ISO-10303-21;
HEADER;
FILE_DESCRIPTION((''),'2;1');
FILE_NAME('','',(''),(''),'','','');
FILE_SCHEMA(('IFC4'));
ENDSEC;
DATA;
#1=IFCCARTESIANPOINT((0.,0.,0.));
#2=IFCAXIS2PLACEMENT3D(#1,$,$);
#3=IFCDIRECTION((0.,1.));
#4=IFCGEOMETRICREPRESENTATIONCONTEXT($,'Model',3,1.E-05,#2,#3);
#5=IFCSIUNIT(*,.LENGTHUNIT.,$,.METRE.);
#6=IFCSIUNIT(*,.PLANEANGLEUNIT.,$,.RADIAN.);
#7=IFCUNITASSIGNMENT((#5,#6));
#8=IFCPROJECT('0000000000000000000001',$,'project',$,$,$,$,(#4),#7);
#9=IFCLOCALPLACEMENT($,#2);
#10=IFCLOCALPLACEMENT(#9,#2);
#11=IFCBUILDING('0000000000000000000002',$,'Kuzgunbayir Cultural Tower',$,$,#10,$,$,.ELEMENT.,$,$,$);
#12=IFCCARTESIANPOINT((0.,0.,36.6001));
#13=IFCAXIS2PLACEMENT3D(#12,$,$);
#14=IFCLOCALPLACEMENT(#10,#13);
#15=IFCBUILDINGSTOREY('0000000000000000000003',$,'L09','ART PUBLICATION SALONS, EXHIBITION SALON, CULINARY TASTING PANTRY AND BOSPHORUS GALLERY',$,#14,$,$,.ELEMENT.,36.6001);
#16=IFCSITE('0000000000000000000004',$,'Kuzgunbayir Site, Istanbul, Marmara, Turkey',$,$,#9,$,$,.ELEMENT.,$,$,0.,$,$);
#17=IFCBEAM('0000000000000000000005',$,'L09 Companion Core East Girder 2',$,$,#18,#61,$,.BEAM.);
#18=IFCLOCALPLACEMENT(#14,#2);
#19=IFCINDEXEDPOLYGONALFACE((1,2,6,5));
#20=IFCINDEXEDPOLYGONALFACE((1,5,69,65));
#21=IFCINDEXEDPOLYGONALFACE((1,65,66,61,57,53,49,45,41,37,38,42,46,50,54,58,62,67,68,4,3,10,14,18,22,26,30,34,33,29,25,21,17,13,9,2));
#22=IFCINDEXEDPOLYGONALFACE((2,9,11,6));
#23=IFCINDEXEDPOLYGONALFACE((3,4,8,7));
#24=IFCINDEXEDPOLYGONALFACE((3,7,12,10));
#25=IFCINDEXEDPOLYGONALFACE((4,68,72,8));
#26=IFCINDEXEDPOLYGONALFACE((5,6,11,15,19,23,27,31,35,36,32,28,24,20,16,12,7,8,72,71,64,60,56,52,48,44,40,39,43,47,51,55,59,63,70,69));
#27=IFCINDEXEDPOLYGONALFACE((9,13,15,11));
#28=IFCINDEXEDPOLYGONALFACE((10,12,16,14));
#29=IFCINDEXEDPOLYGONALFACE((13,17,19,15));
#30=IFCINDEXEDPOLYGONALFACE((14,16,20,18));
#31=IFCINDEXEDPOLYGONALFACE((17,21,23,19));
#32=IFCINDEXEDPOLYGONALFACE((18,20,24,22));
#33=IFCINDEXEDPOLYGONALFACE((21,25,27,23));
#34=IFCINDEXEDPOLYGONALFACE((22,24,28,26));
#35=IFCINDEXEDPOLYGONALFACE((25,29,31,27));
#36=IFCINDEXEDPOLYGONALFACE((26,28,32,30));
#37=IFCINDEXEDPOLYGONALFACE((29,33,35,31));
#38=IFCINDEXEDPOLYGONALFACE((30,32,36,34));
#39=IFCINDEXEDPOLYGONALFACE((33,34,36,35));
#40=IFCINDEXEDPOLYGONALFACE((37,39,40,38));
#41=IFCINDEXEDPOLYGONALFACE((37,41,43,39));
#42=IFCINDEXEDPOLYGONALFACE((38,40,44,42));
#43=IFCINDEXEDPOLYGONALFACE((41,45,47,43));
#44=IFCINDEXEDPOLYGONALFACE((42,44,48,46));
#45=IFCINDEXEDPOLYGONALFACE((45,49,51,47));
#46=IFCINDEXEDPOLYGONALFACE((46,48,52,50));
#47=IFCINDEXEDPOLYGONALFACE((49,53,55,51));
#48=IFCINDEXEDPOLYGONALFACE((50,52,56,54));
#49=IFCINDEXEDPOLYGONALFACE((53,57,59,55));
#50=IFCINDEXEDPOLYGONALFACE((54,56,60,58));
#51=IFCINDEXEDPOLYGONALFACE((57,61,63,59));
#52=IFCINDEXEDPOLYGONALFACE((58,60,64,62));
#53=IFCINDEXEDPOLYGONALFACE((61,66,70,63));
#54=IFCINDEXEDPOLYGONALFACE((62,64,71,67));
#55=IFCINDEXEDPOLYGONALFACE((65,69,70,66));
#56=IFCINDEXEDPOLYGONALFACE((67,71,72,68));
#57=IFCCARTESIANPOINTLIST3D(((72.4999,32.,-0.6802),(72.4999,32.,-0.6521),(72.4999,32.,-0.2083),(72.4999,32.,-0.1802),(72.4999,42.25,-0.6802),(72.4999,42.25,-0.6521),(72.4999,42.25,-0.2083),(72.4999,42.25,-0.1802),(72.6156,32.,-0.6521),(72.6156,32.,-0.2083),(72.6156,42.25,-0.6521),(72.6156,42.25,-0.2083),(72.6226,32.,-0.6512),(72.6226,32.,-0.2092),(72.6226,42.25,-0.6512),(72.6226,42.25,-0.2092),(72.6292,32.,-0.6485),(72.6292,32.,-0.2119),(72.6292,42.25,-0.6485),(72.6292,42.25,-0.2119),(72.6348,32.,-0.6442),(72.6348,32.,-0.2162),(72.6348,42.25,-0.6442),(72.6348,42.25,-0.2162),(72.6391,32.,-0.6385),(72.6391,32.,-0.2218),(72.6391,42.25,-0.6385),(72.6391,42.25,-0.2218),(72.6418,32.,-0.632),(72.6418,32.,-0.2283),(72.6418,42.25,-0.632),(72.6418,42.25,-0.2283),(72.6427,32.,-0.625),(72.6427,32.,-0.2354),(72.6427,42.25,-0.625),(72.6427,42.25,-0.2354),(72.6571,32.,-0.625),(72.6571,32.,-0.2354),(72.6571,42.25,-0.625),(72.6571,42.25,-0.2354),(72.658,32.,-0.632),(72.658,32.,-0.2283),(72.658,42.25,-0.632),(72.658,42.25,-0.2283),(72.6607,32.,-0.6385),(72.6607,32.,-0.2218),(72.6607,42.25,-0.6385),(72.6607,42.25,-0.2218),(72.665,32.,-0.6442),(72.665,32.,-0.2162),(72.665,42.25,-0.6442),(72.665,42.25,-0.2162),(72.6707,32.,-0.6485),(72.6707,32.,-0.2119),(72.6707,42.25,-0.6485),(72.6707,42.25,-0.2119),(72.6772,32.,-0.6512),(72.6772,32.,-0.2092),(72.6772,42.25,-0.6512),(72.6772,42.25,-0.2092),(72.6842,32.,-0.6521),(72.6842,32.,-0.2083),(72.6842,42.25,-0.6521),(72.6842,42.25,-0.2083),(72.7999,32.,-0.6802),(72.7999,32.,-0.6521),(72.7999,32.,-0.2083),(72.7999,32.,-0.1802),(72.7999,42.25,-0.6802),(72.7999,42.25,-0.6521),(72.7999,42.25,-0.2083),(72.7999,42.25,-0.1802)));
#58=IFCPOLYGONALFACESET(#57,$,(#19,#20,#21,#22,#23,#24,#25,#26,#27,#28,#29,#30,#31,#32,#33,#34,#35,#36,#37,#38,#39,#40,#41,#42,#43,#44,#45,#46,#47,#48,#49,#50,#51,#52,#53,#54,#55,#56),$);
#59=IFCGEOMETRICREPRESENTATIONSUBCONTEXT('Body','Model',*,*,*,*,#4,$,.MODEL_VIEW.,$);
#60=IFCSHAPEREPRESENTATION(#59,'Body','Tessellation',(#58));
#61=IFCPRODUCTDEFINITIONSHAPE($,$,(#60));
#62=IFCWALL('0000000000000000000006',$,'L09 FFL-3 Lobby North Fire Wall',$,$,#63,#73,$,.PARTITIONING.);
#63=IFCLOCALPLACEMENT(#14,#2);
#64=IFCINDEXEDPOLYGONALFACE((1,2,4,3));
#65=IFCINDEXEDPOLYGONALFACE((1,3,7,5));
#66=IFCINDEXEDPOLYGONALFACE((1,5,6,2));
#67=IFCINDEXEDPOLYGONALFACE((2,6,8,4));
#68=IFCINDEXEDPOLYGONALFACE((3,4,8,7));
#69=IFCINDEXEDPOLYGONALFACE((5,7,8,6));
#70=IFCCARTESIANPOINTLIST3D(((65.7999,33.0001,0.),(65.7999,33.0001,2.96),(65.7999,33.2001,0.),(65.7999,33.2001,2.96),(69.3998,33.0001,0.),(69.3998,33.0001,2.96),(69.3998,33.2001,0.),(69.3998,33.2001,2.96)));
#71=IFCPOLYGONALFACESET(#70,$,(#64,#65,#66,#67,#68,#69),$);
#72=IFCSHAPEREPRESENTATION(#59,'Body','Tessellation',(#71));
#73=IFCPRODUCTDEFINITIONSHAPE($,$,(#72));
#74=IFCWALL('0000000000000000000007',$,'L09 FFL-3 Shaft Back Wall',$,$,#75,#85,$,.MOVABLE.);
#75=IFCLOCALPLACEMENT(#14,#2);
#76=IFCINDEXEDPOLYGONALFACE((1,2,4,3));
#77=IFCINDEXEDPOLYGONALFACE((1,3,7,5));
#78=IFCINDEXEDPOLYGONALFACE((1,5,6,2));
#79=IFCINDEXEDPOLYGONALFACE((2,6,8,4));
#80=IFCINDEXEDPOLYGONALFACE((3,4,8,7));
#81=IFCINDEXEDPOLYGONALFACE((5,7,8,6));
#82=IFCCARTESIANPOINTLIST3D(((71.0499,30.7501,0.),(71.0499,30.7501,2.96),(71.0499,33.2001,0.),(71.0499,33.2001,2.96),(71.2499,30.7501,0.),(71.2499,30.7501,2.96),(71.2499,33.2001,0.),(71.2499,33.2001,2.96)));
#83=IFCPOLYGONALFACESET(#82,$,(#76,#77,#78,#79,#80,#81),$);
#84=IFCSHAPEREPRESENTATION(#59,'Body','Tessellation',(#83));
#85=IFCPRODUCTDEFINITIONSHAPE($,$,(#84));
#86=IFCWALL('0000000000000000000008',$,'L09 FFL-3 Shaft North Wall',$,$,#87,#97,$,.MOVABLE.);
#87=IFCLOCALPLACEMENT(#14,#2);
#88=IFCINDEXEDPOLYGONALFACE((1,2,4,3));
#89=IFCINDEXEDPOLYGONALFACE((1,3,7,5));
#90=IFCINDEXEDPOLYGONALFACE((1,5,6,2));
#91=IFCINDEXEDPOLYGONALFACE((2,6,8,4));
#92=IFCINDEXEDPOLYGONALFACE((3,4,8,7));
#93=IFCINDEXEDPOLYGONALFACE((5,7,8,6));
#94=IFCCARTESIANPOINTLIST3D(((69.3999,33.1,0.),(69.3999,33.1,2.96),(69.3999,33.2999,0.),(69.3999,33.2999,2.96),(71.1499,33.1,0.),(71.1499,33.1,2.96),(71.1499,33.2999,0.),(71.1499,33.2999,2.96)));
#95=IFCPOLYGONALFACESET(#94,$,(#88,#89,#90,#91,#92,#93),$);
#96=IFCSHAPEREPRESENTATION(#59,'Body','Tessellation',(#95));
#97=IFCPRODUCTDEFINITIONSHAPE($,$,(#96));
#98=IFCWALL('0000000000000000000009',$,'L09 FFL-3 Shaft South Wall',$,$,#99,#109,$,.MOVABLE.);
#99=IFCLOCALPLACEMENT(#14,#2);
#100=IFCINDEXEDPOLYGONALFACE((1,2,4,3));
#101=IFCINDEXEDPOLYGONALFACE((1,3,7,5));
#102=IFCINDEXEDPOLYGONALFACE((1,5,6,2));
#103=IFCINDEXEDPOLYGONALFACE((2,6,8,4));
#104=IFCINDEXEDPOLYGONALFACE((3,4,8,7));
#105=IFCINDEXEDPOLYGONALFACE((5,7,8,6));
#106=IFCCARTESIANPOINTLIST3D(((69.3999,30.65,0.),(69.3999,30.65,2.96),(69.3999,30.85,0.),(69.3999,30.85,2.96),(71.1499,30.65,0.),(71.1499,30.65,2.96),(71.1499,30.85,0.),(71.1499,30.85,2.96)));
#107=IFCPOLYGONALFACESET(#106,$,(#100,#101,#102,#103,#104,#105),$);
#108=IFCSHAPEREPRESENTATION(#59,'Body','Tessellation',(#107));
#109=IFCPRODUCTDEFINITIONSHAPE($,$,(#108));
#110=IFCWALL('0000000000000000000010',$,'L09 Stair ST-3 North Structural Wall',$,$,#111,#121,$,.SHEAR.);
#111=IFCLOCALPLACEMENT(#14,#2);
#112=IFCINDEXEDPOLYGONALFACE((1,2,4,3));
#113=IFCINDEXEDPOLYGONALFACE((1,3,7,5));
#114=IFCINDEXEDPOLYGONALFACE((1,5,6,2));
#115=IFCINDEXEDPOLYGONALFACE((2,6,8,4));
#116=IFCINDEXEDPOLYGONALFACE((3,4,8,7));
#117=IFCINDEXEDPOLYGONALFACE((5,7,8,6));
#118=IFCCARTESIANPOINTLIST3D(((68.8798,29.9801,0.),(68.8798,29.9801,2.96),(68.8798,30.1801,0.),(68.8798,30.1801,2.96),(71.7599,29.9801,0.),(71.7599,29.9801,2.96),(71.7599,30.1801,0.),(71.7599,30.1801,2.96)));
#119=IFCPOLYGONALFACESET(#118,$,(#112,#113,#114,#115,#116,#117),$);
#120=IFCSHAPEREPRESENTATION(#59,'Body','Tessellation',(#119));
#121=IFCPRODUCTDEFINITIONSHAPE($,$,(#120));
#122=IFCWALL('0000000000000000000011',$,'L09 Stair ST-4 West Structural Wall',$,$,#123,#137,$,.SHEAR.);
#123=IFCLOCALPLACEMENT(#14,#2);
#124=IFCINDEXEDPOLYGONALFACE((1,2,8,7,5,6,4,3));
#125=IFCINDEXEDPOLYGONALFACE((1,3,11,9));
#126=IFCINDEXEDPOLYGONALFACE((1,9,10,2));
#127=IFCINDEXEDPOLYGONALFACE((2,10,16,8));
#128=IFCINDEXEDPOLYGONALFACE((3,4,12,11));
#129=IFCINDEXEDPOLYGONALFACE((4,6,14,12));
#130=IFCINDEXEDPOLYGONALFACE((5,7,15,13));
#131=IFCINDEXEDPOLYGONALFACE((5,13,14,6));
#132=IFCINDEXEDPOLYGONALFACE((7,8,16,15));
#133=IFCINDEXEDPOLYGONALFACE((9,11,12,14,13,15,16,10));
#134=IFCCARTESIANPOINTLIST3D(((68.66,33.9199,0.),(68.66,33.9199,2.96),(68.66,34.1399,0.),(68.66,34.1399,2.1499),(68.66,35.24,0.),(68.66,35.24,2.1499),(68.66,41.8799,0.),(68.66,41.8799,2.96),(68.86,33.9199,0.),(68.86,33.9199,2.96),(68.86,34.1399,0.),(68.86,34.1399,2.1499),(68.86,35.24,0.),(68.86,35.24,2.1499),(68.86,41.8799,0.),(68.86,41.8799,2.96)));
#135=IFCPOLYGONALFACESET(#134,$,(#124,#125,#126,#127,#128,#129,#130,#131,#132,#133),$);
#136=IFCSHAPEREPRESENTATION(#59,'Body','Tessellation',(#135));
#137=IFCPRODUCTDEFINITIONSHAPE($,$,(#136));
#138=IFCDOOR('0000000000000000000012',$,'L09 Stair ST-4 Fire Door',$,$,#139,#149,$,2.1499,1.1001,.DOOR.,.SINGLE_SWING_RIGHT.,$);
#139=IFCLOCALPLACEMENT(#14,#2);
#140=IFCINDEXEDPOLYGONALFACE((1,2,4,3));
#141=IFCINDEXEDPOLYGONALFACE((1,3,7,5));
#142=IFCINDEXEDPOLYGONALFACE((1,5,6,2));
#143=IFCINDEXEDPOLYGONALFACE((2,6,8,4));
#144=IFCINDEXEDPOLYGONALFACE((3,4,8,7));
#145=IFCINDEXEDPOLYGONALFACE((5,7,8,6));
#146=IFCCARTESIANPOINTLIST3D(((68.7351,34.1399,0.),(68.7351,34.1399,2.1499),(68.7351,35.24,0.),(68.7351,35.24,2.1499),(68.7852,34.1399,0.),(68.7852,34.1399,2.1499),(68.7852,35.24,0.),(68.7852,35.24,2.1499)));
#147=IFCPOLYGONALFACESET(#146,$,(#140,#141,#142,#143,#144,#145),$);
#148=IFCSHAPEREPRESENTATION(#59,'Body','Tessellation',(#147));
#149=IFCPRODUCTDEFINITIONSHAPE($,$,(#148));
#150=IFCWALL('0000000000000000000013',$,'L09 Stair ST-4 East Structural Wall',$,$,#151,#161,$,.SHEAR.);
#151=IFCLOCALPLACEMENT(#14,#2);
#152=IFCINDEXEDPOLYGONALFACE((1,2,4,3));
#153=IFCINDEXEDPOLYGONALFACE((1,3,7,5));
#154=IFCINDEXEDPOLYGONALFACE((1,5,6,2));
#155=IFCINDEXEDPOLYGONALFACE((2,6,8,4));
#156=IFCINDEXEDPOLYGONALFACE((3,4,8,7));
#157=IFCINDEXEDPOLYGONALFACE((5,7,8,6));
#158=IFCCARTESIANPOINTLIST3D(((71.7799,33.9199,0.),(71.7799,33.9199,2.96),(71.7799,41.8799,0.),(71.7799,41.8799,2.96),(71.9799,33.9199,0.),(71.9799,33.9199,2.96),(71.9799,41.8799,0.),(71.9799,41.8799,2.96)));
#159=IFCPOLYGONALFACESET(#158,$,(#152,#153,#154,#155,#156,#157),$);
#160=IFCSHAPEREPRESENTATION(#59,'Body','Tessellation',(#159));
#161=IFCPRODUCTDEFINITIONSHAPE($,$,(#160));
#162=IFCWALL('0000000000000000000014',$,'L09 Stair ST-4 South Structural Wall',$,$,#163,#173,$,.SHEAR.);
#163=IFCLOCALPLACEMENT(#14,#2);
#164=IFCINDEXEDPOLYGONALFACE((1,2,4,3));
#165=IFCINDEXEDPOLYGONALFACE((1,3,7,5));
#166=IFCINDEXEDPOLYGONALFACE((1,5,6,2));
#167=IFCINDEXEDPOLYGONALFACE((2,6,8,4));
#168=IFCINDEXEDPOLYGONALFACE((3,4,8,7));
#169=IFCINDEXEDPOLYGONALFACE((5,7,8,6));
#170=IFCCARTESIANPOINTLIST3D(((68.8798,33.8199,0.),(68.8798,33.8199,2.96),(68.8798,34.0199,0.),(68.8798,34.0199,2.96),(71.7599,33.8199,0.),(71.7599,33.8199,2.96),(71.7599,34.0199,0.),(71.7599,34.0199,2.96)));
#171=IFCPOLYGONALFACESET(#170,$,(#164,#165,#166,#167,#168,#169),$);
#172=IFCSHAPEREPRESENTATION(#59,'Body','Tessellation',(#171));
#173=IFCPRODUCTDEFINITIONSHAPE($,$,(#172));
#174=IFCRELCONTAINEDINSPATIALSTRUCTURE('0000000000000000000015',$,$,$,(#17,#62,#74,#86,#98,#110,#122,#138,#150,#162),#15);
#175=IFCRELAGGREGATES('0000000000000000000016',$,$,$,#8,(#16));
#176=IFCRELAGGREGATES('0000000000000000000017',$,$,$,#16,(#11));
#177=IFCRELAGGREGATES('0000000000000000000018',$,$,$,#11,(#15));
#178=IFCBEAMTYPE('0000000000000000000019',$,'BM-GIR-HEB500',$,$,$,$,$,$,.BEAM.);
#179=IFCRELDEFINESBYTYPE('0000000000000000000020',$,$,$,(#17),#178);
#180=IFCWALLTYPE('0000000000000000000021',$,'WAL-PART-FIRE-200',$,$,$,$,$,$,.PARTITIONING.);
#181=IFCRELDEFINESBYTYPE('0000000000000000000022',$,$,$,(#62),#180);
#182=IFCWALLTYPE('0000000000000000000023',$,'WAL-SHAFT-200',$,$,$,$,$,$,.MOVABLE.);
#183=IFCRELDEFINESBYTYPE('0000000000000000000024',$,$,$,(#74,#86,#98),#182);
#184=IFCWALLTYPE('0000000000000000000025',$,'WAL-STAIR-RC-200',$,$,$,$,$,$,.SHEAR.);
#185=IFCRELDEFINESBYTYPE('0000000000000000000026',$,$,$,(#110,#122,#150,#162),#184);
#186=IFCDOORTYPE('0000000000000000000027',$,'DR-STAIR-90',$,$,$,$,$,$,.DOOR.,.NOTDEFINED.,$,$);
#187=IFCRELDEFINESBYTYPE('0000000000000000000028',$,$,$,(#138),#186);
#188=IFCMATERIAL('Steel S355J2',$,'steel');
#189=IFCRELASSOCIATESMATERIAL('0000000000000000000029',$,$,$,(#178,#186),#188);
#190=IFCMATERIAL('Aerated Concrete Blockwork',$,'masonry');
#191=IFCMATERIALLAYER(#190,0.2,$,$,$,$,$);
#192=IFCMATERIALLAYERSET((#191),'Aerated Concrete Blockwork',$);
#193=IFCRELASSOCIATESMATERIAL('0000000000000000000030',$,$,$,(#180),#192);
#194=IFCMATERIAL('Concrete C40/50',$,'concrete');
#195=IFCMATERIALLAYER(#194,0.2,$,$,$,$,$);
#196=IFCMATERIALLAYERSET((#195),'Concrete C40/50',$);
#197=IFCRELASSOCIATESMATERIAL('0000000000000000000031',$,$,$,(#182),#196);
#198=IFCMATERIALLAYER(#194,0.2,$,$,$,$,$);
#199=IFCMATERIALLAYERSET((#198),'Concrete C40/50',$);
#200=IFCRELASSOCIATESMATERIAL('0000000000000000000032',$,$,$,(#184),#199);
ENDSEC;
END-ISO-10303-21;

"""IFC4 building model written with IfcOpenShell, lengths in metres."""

from ifc_helpers import new_model, si_unit, direction, frame, frame_2d, origin, origin_2d, place, context, subcontext, project, spatial, rectangle, i_section, extrude, material, layer, layer_set, material_profile, profile_set, type_object, element, fill, save


model = new_model("IFC4")

# Units and contexts
model_context = context("Model", 3, precision=1e-05, world=origin(), true_north=direction((0.0, 1.0)))
body_context = subcontext(model_context, "Body", "Model", "MODEL_VIEW")
ifc_project = project(units=[si_unit("LENGTHUNIT", "METRE"), si_unit("PLANEANGLEUNIT", "RADIAN")], contexts=[model_context])

# Site, building, storey
site_placement = place(None, origin())
site = spatial("IfcSite", under=ifc_project, at=site_placement, Name="Kuzgunbayir Site, Istanbul, Marmara, Turkey", CompositionType="ELEMENT", RefElevation=0.0)
building_placement = place(site_placement, origin())
building = spatial("IfcBuilding", under=site, at=building_placement, Name="Kuzgunbayir Cultural Tower", CompositionType="ELEMENT")
storey_placement = place(building_placement, frame((0.0, 0.0, 36.6001)))
storey = spatial("IfcBuildingStorey", under=building, at=storey_placement, Name="L09", Description="ART PUBLICATION SALONS, EXHIBITION SALON, CULINARY TASTING PANTRY AND BOSPHORUS GALLERY", CompositionType="ELEMENT", Elevation=36.6001)

# Beam
ifc_material_1 = material(Name="Steel S355J2", Category="steel")
ifc_material_profile_1 = material_profile(ifc_material_1, i_section(OverallWidth=0.3, OverallDepth=0.5, WebThickness=0.0144, FlangeThickness=0.0281, FilletRadius=0.0271, at=origin_2d()), Name="HEB 500")
ifc_profile_set_1 = profile_set([ifc_material_profile_1], Name="Steel S355J2")
beam_type_1 = type_object("IfcBeamType", Name="BM-GIR-HEB500", PredefinedType="BEAM", material=ifc_profile_set_1)
for number, where, z_axis, x_axis, name in (
    (1, (72.6499, 32.0, -0.4302), (0.0, 1.0, 0.0), (-1.0, 0.0, 0.0), "L09 Companion Core East Girder 2"),
):
    element("IfcBeam", number, at=place(storey_placement, frame(where, z_axis=z_axis, x_axis=x_axis)), inside=storey, type_object=beam_type_1, Name=name, PredefinedType="BEAM", context=body_context, shape_type="SweptSolid", body=[
        extrude(i_section(OverallWidth=0.3, OverallDepth=0.5, WebThickness=0.0144, FlangeThickness=0.0281, FilletRadius=0.0271, at=origin_2d()), origin(), (0.0, 0.0, 1.0), 10.25),
    ])

# Wall
ifc_material_2 = material(Name="Aerated Concrete Blockwork", Category="masonry")
ifc_layer_1 = layer(ifc_material_2, 0.2)
ifc_layer_set_1 = layer_set([ifc_layer_1], Name="Aerated Concrete Blockwork")
wall_type_1 = type_object("IfcWallType", Name="WAL-PART-FIRE-200", PredefinedType="PARTITIONING", material=ifc_layer_set_1)
wall_1_placement = place(storey_placement, frame((65.8, 33.1001, 0.0), z_axis=(0.0, 0.0, 1.0), x_axis=(1.0, 0.0, 0.0)))
element("IfcWall", 2, at=wall_1_placement, inside=storey, type_object=wall_type_1, Name="L09 FFL-3 Lobby North Fire Wall", PredefinedType="PARTITIONING", context=body_context, shape_type="SweptSolid", body=[
    extrude(rectangle(XDim=3.5999, YDim=0.2, at=frame_2d((1.7998, 0.0))), origin(), (0.0, 0.0, 1.0), 2.96),
])

# Shared definitions
ifc_material_3 = material(Name="Concrete C40/50", Category="concrete")
ifc_layer_2 = layer(ifc_material_3, 0.2)
ifc_layer_set_2 = layer_set([ifc_layer_2], Name="Concrete C40/50")
wall_type_2 = type_object("IfcWallType", Name="WAL-SHAFT-200", PredefinedType="MOVABLE", material=ifc_layer_set_2)

# Walls
wall_2_placement = place(storey_placement, frame((71.1499, 30.75, 0.0), z_axis=(0.0, 0.0, 1.0), x_axis=(0.0, 1.0, 0.0)))
element("IfcWall", 3, at=wall_2_placement, inside=storey, type_object=wall_type_2, Name="L09 FFL-3 Shaft Back Wall", PredefinedType="MOVABLE", context=body_context, shape_type="SweptSolid", body=[
    extrude(rectangle(XDim=2.45, YDim=0.2, at=frame_2d((1.2251, 0.0))), origin(), (0.0, 0.0, 1.0), 2.96),
])
for number, where, z_axis, x_axis, name in (
    (4, (69.3999, 33.2, 0.0), (0.0, 0.0, 1.0), (1.0, 0.0, 0.0), "L09 FFL-3 Shaft North Wall"),
    (5, (69.3999, 30.75, 0.0), (0.0, 0.0, 1.0), (1.0, 0.0, 0.0), "L09 FFL-3 Shaft South Wall"),
):
    element("IfcWall", number, at=place(storey_placement, frame(where, z_axis=z_axis, x_axis=x_axis)), inside=storey, type_object=wall_type_2, Name=name, PredefinedType="MOVABLE", context=body_context, shape_type="SweptSolid", body=[
        extrude(rectangle(XDim=1.75, YDim=0.2, at=frame_2d((0.875, 0.0))), origin(), (0.0, 0.0, 1.0), 2.96),
    ])
ifc_layer_3 = layer(ifc_material_3, 0.2)
ifc_layer_set_3 = layer_set([ifc_layer_3], Name="Concrete C40/50")
wall_type_3 = type_object("IfcWallType", Name="WAL-STAIR-RC-200", PredefinedType="SHEAR", material=ifc_layer_set_3)
wall_3_placement = place(storey_placement, frame((68.8799, 30.0801, 0.0), z_axis=(0.0, 0.0, 1.0), x_axis=(1.0, 0.0, 0.0)))
element("IfcWall", 6, at=wall_3_placement, inside=storey, type_object=wall_type_3, Name="L09 Stair ST-3 North Structural Wall", PredefinedType="SHEAR", context=body_context, shape_type="SweptSolid", body=[
    extrude(rectangle(XDim=2.8801, YDim=0.2, at=frame_2d((1.4399, 0.0))), origin(), (0.0, 0.0, 1.0), 2.96),
])

# Wall, opening, door
wall_4_placement = place(storey_placement, frame((68.76, 33.9199, 0.0), z_axis=(0.0, 0.0, 1.0), x_axis=(0.0, 1.0, 0.0)))
wall_4 = element("IfcWall", 7, at=wall_4_placement, inside=storey, type_object=wall_type_3, Name="L09 Stair ST-4 West Structural Wall", PredefinedType="SHEAR", context=body_context, shape_type="SweptSolid", body=[
    extrude(rectangle(XDim=7.96, YDim=0.2, at=frame_2d((3.98, 0.0))), origin(), (0.0, 0.0, 1.0), 2.96),
])
opening_1_placement = place(wall_4_placement, frame((0.22, 0.0, 0.0)))
opening_1 = element("IfcOpeningElement", 8, at=opening_1_placement, cuts=wall_4, PredefinedType="OPENING", context=body_context, shape_type="SweptSolid", body=[
    extrude(rectangle(XDim=1.1001, YDim=2.1499, at=frame_2d((0.55, 1.075))), frame((0.0, 0.1099, 0.0), z_axis=(0.0, -1.0, 0.0), x_axis=(1.0, 0.0, 0.0)), (0.0, 0.0, 1.0), 0.22),
])
door_type_1 = type_object("IfcDoorType", Name="DR-STAIR-90", OperationType="NOTDEFINED", PredefinedType="DOOR", material=ifc_material_1)
door_1_placement = place(opening_1_placement, origin())
door_1 = element("IfcDoor", 9, at=door_1_placement, inside=storey, type_object=door_type_1, Name="L09 Stair ST-4 Fire Door", OperationType="SINGLE_SWING_RIGHT", OverallHeight=2.1499, OverallWidth=1.1001, PredefinedType="DOOR", context=body_context, shape_type="SweptSolid", body=[
    extrude(rectangle(XDim=1.1001, YDim=2.1499, at=frame_2d((0.55, 1.075))), frame((0.0, 0.0249, 0.0), z_axis=(0.0, -1.0, 0.0), x_axis=(1.0, 0.0, 0.0)), (0.0, 0.0, 1.0), 0.05),
])
fill(opening_1, door_1)

# Walls
wall_5_placement = place(storey_placement, frame((71.8799, 33.9199, 0.0), z_axis=(0.0, 0.0, 1.0), x_axis=(0.0, 1.0, 0.0)))
element("IfcWall", 10, at=wall_5_placement, inside=storey, type_object=wall_type_3, Name="L09 Stair ST-4 East Structural Wall", PredefinedType="SHEAR", context=body_context, shape_type="SweptSolid", body=[
    extrude(rectangle(XDim=7.96, YDim=0.2, at=frame_2d((3.98, 0.0))), origin(), (0.0, 0.0, 1.0), 2.96),
])
wall_6_placement = place(storey_placement, frame((68.8799, 33.9199, 0.0), z_axis=(0.0, 0.0, 1.0), x_axis=(1.0, 0.0, 0.0)))
element("IfcWall", 11, at=wall_6_placement, inside=storey, type_object=wall_type_3, Name="L09 Stair ST-4 South Structural Wall", PredefinedType="SHEAR", context=body_context, shape_type="SweptSolid", body=[
    extrude(rectangle(XDim=2.8801, YDim=0.2, at=frame_2d((1.4399, 0.0))), origin(), (0.0, 0.0, 1.0), 2.96),
])

save(model, "model.ifc")
